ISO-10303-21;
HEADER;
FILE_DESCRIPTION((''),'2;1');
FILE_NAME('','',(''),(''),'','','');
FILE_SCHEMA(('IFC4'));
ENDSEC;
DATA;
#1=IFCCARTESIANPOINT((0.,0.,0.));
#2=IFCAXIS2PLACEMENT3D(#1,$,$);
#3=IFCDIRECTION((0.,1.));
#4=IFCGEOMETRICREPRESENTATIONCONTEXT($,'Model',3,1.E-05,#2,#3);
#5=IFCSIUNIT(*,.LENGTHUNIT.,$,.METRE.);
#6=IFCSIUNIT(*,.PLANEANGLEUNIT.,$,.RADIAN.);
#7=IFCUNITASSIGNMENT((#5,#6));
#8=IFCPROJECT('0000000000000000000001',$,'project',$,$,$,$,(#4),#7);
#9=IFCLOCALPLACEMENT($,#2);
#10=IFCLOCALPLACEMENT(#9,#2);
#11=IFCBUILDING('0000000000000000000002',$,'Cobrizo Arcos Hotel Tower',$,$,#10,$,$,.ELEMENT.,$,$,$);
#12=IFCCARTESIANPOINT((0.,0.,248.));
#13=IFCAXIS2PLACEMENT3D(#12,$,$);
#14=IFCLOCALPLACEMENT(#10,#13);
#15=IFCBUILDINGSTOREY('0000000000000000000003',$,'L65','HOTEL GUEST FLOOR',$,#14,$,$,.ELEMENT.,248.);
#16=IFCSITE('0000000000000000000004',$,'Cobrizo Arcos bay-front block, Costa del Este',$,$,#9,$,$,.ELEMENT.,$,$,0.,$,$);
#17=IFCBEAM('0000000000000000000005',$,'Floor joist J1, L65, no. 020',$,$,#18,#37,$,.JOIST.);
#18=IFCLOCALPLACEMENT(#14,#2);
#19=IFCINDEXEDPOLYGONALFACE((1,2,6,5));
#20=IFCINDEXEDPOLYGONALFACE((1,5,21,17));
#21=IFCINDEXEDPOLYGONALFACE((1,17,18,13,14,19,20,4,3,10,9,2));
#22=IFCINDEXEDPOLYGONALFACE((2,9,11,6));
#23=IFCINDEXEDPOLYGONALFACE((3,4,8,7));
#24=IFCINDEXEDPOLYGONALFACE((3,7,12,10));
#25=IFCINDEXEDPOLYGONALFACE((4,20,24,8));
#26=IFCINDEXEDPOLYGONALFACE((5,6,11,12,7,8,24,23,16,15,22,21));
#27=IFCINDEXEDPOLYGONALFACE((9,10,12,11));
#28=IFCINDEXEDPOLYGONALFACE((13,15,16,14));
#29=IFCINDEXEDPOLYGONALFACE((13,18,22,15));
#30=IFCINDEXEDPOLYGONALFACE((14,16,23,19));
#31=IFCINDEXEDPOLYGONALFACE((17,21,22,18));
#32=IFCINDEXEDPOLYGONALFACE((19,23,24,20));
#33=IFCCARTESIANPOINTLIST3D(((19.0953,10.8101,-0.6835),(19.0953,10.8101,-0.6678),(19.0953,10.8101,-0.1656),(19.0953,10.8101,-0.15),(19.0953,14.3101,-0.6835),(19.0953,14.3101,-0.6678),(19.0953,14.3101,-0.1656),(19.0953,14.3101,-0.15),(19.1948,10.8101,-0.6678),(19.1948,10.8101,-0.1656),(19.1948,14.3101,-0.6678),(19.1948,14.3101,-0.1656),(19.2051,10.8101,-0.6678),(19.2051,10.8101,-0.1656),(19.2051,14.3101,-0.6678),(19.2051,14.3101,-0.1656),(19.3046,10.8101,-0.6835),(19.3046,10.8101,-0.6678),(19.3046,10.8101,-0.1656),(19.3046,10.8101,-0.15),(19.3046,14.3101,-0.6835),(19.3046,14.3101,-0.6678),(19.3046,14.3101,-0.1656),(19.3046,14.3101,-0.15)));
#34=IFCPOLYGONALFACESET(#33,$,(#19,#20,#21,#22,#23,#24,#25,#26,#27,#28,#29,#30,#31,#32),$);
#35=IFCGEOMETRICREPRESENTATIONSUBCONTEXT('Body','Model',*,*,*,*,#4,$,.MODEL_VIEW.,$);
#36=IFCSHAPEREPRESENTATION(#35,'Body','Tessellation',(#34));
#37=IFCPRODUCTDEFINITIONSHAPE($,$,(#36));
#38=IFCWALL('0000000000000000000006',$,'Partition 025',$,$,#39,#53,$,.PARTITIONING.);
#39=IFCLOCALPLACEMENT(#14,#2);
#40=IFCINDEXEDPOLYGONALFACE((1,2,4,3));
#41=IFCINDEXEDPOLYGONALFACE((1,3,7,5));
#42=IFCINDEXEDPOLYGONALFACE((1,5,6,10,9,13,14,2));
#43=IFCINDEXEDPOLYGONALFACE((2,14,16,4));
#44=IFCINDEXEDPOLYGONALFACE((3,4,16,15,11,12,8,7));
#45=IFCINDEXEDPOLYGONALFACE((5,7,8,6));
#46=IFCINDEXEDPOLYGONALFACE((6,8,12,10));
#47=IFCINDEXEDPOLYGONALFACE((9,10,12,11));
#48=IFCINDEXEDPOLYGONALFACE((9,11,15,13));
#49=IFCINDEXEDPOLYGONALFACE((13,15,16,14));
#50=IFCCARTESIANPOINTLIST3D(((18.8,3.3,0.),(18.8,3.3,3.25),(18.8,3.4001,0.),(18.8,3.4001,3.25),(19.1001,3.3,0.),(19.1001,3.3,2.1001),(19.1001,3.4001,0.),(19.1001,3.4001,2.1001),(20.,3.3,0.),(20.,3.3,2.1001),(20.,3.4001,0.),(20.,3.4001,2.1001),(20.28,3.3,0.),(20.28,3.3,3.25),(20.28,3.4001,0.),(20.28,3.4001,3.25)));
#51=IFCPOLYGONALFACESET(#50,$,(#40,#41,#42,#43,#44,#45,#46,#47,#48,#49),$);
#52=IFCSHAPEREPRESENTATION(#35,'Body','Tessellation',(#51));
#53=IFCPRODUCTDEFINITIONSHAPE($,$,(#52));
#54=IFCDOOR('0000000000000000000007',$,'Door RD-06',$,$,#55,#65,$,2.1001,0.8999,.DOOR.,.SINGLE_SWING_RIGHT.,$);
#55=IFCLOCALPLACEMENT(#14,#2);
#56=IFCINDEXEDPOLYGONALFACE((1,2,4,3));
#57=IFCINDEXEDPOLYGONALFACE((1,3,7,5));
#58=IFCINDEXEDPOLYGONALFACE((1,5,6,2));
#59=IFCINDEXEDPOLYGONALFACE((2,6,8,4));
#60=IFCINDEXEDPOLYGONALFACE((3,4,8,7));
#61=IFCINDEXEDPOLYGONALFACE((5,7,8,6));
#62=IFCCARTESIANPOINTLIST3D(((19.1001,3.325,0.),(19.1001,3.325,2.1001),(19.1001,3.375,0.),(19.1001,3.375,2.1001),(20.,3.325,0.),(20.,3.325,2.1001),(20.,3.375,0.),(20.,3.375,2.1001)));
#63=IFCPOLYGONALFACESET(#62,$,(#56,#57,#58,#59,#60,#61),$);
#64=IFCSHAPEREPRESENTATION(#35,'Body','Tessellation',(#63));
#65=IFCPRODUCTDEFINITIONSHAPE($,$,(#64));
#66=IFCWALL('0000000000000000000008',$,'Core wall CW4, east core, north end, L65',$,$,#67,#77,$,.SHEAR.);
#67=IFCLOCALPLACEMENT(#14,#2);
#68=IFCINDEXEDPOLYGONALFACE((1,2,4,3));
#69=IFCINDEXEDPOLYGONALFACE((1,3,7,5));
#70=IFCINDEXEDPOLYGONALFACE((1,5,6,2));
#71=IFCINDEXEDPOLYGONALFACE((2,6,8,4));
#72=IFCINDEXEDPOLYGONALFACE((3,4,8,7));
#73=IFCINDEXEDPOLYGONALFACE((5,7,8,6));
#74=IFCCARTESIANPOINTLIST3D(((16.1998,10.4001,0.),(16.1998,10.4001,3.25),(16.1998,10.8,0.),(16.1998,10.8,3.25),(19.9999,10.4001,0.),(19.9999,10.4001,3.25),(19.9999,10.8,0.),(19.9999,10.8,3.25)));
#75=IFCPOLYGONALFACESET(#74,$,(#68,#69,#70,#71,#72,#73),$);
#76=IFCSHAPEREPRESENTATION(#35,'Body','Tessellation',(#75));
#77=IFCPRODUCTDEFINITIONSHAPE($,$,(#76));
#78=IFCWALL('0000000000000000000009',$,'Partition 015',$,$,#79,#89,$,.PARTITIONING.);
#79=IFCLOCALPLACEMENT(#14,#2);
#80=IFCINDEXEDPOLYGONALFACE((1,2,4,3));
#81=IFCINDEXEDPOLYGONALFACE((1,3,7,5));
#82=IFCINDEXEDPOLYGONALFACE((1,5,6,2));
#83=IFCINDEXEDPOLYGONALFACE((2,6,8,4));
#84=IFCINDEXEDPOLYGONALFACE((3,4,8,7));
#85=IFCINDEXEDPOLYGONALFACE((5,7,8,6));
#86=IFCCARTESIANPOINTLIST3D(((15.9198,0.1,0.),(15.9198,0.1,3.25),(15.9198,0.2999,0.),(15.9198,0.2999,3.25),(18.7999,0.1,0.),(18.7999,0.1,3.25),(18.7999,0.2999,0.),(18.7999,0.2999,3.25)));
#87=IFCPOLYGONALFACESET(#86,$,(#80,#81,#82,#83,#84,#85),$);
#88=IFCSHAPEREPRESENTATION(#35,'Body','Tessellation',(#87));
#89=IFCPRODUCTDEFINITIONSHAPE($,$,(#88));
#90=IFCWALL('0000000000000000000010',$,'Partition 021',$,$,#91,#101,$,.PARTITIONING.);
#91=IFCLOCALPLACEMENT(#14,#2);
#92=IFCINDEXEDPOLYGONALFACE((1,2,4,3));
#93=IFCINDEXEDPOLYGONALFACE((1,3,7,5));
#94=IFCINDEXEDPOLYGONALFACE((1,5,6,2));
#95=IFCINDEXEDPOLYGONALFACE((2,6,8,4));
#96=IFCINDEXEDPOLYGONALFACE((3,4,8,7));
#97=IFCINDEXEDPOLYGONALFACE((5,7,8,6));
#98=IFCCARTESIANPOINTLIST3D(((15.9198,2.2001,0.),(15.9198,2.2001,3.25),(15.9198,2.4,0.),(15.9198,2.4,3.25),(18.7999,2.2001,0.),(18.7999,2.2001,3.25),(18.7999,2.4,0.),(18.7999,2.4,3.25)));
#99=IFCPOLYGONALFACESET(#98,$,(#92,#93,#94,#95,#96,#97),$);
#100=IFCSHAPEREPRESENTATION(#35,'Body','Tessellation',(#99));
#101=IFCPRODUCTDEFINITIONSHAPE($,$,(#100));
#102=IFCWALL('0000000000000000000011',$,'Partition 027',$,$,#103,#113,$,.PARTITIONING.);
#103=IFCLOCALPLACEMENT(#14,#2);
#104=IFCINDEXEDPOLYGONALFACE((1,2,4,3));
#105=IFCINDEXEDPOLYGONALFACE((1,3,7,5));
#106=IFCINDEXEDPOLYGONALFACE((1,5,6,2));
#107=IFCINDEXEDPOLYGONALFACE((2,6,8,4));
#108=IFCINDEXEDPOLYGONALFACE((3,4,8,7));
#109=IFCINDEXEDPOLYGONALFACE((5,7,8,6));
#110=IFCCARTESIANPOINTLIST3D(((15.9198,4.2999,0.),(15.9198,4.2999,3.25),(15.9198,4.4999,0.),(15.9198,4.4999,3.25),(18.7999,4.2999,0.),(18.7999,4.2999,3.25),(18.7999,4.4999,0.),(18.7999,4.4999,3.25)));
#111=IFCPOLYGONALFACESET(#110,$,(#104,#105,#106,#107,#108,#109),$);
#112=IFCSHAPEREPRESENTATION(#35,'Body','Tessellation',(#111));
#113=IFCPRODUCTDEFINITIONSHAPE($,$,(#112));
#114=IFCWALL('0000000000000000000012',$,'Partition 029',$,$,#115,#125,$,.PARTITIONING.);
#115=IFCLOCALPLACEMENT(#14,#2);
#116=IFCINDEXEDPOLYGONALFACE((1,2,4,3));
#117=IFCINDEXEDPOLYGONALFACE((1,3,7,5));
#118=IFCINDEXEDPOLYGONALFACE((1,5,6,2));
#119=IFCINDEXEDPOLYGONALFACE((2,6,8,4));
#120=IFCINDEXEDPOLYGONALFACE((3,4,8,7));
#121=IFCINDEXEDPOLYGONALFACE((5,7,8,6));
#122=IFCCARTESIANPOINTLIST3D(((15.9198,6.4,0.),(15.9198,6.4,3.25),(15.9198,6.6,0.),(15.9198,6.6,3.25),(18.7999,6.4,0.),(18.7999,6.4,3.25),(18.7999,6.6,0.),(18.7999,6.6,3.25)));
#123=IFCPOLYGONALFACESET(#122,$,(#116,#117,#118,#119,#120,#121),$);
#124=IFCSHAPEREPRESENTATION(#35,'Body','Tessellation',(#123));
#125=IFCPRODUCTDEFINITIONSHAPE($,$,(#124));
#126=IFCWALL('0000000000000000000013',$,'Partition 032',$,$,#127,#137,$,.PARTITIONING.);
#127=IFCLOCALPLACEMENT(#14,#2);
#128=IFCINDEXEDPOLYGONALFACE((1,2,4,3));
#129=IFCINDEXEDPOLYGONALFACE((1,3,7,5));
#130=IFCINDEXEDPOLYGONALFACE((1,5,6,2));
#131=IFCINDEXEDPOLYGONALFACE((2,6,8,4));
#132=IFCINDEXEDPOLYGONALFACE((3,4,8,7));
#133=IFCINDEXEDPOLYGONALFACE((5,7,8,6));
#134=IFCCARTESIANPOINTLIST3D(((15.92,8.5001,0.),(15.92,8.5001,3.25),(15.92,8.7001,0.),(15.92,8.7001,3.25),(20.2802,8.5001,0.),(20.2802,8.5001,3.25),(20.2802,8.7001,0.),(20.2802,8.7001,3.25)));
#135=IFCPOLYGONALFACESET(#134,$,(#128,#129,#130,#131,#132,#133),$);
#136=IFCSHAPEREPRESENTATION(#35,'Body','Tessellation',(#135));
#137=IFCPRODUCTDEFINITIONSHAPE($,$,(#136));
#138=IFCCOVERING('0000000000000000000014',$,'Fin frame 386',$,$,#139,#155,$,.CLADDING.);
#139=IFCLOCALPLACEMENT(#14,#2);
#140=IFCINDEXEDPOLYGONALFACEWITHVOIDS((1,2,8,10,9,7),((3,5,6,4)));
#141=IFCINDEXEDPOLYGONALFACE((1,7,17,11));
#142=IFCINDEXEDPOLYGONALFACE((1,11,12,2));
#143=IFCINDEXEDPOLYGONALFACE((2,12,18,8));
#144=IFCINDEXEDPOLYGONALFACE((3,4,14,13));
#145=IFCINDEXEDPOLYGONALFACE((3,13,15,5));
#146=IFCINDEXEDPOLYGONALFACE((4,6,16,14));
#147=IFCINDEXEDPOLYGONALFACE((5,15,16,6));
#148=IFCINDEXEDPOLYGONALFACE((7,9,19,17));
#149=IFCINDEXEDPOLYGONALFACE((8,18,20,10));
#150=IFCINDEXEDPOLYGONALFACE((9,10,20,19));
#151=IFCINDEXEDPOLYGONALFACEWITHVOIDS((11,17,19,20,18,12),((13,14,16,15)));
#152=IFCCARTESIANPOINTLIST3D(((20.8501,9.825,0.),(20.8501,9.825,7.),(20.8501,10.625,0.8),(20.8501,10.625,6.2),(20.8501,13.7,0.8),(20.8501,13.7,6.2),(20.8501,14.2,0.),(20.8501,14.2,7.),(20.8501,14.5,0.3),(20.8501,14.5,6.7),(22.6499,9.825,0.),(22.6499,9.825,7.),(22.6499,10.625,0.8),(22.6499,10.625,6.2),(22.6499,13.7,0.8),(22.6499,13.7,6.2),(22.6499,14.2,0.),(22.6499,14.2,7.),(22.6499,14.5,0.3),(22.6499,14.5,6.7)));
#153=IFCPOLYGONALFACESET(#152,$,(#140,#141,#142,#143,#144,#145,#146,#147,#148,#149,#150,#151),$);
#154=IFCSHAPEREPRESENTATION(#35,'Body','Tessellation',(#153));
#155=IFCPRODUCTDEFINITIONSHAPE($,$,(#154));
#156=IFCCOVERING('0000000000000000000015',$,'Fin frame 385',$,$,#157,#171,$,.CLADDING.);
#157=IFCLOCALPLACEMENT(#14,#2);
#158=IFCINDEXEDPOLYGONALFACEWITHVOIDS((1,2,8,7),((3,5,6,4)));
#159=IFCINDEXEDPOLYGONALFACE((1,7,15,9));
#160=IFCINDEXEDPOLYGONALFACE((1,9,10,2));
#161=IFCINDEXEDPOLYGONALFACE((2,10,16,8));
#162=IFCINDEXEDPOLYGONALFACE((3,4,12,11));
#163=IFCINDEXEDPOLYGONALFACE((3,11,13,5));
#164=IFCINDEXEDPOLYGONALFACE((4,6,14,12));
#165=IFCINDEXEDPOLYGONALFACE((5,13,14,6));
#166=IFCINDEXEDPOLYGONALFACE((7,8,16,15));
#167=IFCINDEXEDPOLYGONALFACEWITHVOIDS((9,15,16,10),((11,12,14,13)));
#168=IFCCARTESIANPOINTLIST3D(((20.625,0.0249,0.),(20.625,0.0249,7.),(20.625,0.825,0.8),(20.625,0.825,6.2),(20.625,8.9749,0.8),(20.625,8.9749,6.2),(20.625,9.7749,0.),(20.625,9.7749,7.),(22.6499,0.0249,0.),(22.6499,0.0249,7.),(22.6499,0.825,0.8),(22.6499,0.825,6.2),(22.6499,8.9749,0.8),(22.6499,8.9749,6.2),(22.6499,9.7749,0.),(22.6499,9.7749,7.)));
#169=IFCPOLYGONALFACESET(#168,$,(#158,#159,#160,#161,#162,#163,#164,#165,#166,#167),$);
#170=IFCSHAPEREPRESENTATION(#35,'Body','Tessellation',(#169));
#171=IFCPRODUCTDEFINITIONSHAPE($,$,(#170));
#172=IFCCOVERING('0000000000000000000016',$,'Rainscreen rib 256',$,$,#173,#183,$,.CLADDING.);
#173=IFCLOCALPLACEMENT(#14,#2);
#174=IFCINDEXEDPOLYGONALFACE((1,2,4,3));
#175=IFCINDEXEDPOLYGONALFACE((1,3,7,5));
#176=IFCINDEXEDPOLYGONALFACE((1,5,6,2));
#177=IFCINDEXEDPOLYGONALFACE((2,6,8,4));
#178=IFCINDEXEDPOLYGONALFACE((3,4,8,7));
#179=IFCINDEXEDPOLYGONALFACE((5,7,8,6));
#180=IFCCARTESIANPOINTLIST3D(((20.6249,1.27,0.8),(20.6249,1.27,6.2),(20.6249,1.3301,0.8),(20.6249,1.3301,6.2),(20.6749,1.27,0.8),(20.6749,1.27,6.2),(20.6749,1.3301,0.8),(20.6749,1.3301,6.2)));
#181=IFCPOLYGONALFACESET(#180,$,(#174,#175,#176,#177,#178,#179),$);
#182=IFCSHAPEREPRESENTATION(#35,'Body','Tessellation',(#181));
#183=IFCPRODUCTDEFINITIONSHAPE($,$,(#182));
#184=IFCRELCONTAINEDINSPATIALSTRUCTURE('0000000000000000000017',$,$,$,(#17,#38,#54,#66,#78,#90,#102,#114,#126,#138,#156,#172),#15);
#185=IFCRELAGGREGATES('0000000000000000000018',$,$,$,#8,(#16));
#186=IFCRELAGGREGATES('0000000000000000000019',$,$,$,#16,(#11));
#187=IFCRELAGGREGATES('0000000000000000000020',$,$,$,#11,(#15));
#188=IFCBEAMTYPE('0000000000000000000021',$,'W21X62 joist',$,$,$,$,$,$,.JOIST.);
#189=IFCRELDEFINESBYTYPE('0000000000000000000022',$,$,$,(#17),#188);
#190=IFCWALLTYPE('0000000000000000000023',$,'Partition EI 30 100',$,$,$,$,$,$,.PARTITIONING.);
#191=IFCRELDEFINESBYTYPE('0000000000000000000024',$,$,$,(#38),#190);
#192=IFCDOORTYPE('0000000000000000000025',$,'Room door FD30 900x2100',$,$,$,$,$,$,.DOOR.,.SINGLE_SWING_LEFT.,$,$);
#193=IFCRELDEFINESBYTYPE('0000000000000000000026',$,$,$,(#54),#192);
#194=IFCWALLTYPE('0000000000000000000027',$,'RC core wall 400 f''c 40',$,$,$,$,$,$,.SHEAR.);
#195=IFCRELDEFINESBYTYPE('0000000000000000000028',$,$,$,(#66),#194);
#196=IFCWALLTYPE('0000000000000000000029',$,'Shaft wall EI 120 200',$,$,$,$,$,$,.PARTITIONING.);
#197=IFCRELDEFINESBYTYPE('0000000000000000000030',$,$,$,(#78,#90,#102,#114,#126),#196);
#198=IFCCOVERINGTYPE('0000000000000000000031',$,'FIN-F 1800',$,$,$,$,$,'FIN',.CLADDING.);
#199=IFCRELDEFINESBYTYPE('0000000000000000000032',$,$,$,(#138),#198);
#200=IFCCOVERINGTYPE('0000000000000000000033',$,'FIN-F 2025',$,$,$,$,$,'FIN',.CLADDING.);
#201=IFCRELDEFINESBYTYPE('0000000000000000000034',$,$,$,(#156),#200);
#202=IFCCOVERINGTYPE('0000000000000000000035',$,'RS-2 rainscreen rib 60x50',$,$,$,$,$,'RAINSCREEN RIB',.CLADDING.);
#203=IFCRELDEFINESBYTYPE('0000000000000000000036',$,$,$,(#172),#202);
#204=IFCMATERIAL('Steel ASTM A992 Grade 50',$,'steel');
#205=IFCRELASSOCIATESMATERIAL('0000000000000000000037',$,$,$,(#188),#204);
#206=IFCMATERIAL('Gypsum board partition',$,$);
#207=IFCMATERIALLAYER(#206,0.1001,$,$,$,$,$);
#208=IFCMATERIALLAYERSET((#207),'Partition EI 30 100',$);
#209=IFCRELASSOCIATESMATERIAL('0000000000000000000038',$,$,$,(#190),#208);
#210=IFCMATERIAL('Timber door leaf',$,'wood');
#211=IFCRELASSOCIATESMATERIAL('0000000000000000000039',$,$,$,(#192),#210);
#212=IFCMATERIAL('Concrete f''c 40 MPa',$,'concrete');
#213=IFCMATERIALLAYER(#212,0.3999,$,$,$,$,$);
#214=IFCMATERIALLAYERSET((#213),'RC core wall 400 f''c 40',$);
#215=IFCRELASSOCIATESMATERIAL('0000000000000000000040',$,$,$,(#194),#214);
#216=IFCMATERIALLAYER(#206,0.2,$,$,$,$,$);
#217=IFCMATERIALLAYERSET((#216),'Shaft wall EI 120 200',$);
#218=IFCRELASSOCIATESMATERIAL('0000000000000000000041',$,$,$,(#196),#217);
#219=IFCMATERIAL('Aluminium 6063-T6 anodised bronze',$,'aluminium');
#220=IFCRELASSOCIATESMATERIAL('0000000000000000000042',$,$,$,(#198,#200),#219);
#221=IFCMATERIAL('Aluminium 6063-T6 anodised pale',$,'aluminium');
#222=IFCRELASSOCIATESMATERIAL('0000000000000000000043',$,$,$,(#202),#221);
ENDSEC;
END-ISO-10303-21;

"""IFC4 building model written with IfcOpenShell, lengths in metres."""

from ifc_helpers import new_model, si_unit, direction, frame, frame_2d, origin, origin_2d, place, context, subcontext, project, spatial, polyline, rectangle, i_section, outline, extrude, material, layer, layer_set, material_profile, profile_set, type_object, element, fill, save


model = new_model("IFC4")

# Units and contexts
model_context = context("Model", 3, precision=1e-05, world=origin(), true_north=direction((0.0, 1.0)))
body_context = subcontext(model_context, "Body", "Model", "MODEL_VIEW")
ifc_project = project(units=[si_unit("LENGTHUNIT", "METRE"), si_unit("PLANEANGLEUNIT", "RADIAN")], contexts=[model_context])

# Site, building, storey
site_placement = place(None, origin())
site = spatial("IfcSite", under=ifc_project, at=site_placement, Name="Cobrizo Arcos bay-front block, Costa del Este", CompositionType="ELEMENT", RefElevation=0.0)
building_placement = place(site_placement, origin())
building = spatial("IfcBuilding", under=site, at=building_placement, Name="Cobrizo Arcos Hotel Tower", CompositionType="ELEMENT")
storey_placement = place(building_placement, frame((0.0, 0.0, 248.0)))
storey = spatial("IfcBuildingStorey", under=building, at=storey_placement, Name="L65", Description="HOTEL GUEST FLOOR", CompositionType="ELEMENT", Elevation=248.0)

# Beam
ifc_material_1 = material(Name="Steel ASTM A992 Grade 50", Category="steel")
ifc_material_profile = material_profile(ifc_material_1, i_section(OverallWidth=0.2092, OverallDepth=0.5334, WebThickness=0.0103, FlangeThickness=0.0156, at=origin_2d()), Name="W21X62")
ifc_profile_set = profile_set([ifc_material_profile], Name="Steel ASTM A992 Grade 50")
beam_type = type_object("IfcBeamType", Name="W21X62 joist", PredefinedType="JOIST", material=ifc_profile_set)
beam_placement = place(storey_placement, frame((19.2, 10.8101, -0.4167), z_axis=(0.0, 1.0, 0.0), x_axis=(-1.0, 0.0, 0.0)))
element("IfcBeam", 1, at=beam_placement, inside=storey, type_object=beam_type, Name="Floor joist J1, L65, no. 020", PredefinedType="JOIST", context=body_context, shape_type="SweptSolid", body=[
    extrude(i_section(OverallWidth=0.2092, OverallDepth=0.5334, WebThickness=0.0103, FlangeThickness=0.0156, at=origin_2d()), origin(), (0.0, 0.0, 1.0), 3.5),
])

# Wall, opening, door
ifc_material_2 = material(Name="Gypsum board partition")
ifc_layer_1 = layer(ifc_material_2, 0.1001)
ifc_layer_set_1 = layer_set([ifc_layer_1], Name="Partition EI 30 100")
wall_type_1 = type_object("IfcWallType", Name="Partition EI 30 100", PredefinedType="PARTITIONING", material=ifc_layer_set_1)
wall_1_placement = place(storey_placement, frame((18.8, 3.3501, 0.0), z_axis=(0.0, 0.0, 1.0), x_axis=(1.0, 0.0, 0.0)))
wall_1 = element("IfcWall", 2, at=wall_1_placement, inside=storey, type_object=wall_type_1, Name="Partition 025", PredefinedType="PARTITIONING", context=body_context, shape_type="SweptSolid", body=[
    extrude(rectangle(XDim=1.48, YDim=0.1001, at=frame_2d((0.74, 0.0))), origin(), (0.0, 0.0, 1.0), 3.25),
])
opening_placement = place(wall_1_placement, frame((0.3, 0.0, 0.0)))
opening = element("IfcOpeningElement", 3, at=opening_placement, cuts=wall_1, PredefinedType="OPENING", context=body_context, shape_type="SweptSolid", body=[
    extrude(rectangle(XDim=0.8999, YDim=2.1001, at=frame_2d((0.45, 1.05))), frame((0.0, 0.062, 0.0), z_axis=(0.0, -1.0, 0.0), x_axis=(1.0, 0.0, 0.0)), (0.0, 0.0, 1.0), 0.124),
])
ifc_material_3 = material(Name="Timber door leaf", Category="wood")
door_type = type_object("IfcDoorType", Name="Room door FD30 900x2100", OperationType="SINGLE_SWING_LEFT", PredefinedType="DOOR", material=ifc_material_3)
door_placement = place(opening_placement, origin())
door = element("IfcDoor", 4, at=door_placement, inside=storey, type_object=door_type, Name="Door RD-06", OperationType="SINGLE_SWING_RIGHT", OverallHeight=2.1001, OverallWidth=0.8999, PredefinedType="DOOR", context=body_context, shape_type="SweptSolid", body=[
    extrude(rectangle(XDim=0.8999, YDim=2.1001, at=frame_2d((0.45, 1.05))), frame((0.0, 0.0249, 0.0), z_axis=(0.0, -1.0, 0.0), x_axis=(1.0, 0.0, 0.0)), (0.0, 0.0, 1.0), 0.05),
])
fill(opening, door)

# Walls
ifc_material_4 = material(Name="Concrete f'c 40 MPa", Category="concrete")
ifc_layer_2 = layer(ifc_material_4, 0.3999)
ifc_layer_set_2 = layer_set([ifc_layer_2], Name="RC core wall 400 f'c 40")
wall_type_2 = type_object("IfcWallType", Name="RC core wall 400 f'c 40", PredefinedType="SHEAR", material=ifc_layer_set_2)
wall_2_placement = place(storey_placement, frame((16.2, 10.6001, 0.0), z_axis=(0.0, 0.0, 1.0), x_axis=(1.0, 0.0, 0.0)))
element("IfcWall", 5, at=wall_2_placement, inside=storey, type_object=wall_type_2, Name="Core wall CW4, east core, north end, L65", PredefinedType="SHEAR", context=body_context, shape_type="SweptSolid", body=[
    extrude(rectangle(XDim=3.8, YDim=0.3999, at=frame_2d((1.8999, 0.0))), origin(), (0.0, 0.0, 1.0), 3.25),
])
ifc_layer_3 = layer(ifc_material_2, 0.2)
ifc_layer_set_3 = layer_set([ifc_layer_3], Name="Shaft wall EI 120 200")
wall_type_3 = type_object("IfcWallType", Name="Shaft wall EI 120 200", PredefinedType="PARTITIONING", material=ifc_layer_set_3)
for number, where, z_axis, x_axis, name in (
    (6, (15.9199, 0.2, 0.0), (0.0, 0.0, 1.0), (1.0, 0.0, 0.0), "Partition 015"),
    (7, (15.9199, 2.3, 0.0), (0.0, 0.0, 1.0), (1.0, 0.0, 0.0), "Partition 021"),
    (8, (15.9199, 4.3999, 0.0), (0.0, 0.0, 1.0), (1.0, 0.0, 0.0), "Partition 027"),
    (9, (15.9199, 6.5, 0.0), (0.0, 0.0, 1.0), (1.0, 0.0, 0.0), "Partition 029"),
):
    element("IfcWall", number, at=place(storey_placement, frame(where, z_axis=z_axis, x_axis=x_axis)), inside=storey, type_object=wall_type_3, Name=name, PredefinedType="PARTITIONING", context=body_context, shape_type="SweptSolid", body=[
        extrude(rectangle(XDim=2.8801, YDim=0.2, at=frame_2d((1.4399, 0.0))), origin(), (0.0, 0.0, 1.0), 3.25),
    ])
wall_3_placement = place(storey_placement, frame((15.9199, 8.6001, 0.0), z_axis=(0.0, 0.0, 1.0), x_axis=(1.0, 0.0, 0.0)))
element("IfcWall", 10, at=wall_3_placement, inside=storey, type_object=wall_type_3, Name="Partition 032", PredefinedType="PARTITIONING", context=body_context, shape_type="SweptSolid", body=[
    extrude(rectangle(XDim=4.3601, YDim=0.2, at=frame_2d((2.1802, 0.0))), origin(), (0.0, 0.0, 1.0), 3.25),
])

# Coverings
ifc_material_5 = material(Name="Aluminium 6063-T6 anodised bronze", Category="aluminium")
covering_type_1 = type_object("IfcCoveringType", Name="FIN-F 1800", ElementType="FIN", PredefinedType="CLADDING", material=ifc_material_5)
covering_1_placement = place(storey_placement, frame((20.8501, 9.825, 0.0), z_axis=(1.0, 0.0, 0.0), x_axis=(0.0, 1.0, 0.0)))
element("IfcCovering", 11, at=covering_1_placement, inside=storey, type_object=covering_type_1, Name="Fin frame 386", PredefinedType="CLADDING", context=body_context, shape_type="SweptSolid", body=[
    extrude(outline(polyline([(0.0, 7.0), (0.0, 0.0), (4.375, 0.0), (4.675, 0.3), (4.675, 6.7), (4.375, 7.0), (0.0, 7.0)]), holes=[polyline([(3.875, 0.8), (0.8, 0.8), (0.8, 6.2), (3.875, 6.2), (3.875, 0.8)])]), origin(), (0.0, 0.0, 1.0), 1.7998),
])
covering_type_2 = type_object("IfcCoveringType", Name="FIN-F 2025", ElementType="FIN", PredefinedType="CLADDING", material=ifc_material_5)
covering_2_placement = place(storey_placement, frame((20.625, 0.0249, 0.0), z_axis=(1.0, 0.0, 0.0), x_axis=(0.0, 1.0, 0.0)))
element("IfcCovering", 12, at=covering_2_placement, inside=storey, type_object=covering_type_2, Name="Fin frame 385", PredefinedType="CLADDING", context=body_context, shape_type="SweptSolid", body=[
    extrude(outline(polyline([(0.0, 7.0), (0.0, 0.0), (9.75, 0.0), (9.75, 7.0), (0.0, 7.0)]), holes=[polyline([(8.95, 0.8), (0.8, 0.8), (0.8, 6.2), (8.95, 6.2), (8.95, 0.8)])]), origin(), (0.0, 0.0, 1.0), 2.0249),
])
ifc_material_6 = material(Name="Aluminium 6063-T6 anodised pale", Category="aluminium")
covering_type_3 = type_object("IfcCoveringType", Name="RS-2 rainscreen rib 60x50", ElementType="RAINSCREEN RIB", PredefinedType="CLADDING", material=ifc_material_6)
for number, where, z_axis, x_axis, name in (
    (13, (20.6499, 1.3, 0.8), (0.0, 0.0, 1.0), (0.0, 1.0, 0.0), "Rainscreen rib 256"),
):
    element("IfcCovering", number, at=place(storey_placement, frame(where, z_axis=z_axis, x_axis=x_axis)), inside=storey, type_object=covering_type_3, Name=name, PredefinedType="CLADDING", context=body_context, shape_type="SweptSolid", body=[
        extrude(rectangle(XDim=0.0601, YDim=0.05, at=origin_2d()), origin(), (0.0, 0.0, 1.0), 5.3999),
    ])

save(model, "model.ifc")
